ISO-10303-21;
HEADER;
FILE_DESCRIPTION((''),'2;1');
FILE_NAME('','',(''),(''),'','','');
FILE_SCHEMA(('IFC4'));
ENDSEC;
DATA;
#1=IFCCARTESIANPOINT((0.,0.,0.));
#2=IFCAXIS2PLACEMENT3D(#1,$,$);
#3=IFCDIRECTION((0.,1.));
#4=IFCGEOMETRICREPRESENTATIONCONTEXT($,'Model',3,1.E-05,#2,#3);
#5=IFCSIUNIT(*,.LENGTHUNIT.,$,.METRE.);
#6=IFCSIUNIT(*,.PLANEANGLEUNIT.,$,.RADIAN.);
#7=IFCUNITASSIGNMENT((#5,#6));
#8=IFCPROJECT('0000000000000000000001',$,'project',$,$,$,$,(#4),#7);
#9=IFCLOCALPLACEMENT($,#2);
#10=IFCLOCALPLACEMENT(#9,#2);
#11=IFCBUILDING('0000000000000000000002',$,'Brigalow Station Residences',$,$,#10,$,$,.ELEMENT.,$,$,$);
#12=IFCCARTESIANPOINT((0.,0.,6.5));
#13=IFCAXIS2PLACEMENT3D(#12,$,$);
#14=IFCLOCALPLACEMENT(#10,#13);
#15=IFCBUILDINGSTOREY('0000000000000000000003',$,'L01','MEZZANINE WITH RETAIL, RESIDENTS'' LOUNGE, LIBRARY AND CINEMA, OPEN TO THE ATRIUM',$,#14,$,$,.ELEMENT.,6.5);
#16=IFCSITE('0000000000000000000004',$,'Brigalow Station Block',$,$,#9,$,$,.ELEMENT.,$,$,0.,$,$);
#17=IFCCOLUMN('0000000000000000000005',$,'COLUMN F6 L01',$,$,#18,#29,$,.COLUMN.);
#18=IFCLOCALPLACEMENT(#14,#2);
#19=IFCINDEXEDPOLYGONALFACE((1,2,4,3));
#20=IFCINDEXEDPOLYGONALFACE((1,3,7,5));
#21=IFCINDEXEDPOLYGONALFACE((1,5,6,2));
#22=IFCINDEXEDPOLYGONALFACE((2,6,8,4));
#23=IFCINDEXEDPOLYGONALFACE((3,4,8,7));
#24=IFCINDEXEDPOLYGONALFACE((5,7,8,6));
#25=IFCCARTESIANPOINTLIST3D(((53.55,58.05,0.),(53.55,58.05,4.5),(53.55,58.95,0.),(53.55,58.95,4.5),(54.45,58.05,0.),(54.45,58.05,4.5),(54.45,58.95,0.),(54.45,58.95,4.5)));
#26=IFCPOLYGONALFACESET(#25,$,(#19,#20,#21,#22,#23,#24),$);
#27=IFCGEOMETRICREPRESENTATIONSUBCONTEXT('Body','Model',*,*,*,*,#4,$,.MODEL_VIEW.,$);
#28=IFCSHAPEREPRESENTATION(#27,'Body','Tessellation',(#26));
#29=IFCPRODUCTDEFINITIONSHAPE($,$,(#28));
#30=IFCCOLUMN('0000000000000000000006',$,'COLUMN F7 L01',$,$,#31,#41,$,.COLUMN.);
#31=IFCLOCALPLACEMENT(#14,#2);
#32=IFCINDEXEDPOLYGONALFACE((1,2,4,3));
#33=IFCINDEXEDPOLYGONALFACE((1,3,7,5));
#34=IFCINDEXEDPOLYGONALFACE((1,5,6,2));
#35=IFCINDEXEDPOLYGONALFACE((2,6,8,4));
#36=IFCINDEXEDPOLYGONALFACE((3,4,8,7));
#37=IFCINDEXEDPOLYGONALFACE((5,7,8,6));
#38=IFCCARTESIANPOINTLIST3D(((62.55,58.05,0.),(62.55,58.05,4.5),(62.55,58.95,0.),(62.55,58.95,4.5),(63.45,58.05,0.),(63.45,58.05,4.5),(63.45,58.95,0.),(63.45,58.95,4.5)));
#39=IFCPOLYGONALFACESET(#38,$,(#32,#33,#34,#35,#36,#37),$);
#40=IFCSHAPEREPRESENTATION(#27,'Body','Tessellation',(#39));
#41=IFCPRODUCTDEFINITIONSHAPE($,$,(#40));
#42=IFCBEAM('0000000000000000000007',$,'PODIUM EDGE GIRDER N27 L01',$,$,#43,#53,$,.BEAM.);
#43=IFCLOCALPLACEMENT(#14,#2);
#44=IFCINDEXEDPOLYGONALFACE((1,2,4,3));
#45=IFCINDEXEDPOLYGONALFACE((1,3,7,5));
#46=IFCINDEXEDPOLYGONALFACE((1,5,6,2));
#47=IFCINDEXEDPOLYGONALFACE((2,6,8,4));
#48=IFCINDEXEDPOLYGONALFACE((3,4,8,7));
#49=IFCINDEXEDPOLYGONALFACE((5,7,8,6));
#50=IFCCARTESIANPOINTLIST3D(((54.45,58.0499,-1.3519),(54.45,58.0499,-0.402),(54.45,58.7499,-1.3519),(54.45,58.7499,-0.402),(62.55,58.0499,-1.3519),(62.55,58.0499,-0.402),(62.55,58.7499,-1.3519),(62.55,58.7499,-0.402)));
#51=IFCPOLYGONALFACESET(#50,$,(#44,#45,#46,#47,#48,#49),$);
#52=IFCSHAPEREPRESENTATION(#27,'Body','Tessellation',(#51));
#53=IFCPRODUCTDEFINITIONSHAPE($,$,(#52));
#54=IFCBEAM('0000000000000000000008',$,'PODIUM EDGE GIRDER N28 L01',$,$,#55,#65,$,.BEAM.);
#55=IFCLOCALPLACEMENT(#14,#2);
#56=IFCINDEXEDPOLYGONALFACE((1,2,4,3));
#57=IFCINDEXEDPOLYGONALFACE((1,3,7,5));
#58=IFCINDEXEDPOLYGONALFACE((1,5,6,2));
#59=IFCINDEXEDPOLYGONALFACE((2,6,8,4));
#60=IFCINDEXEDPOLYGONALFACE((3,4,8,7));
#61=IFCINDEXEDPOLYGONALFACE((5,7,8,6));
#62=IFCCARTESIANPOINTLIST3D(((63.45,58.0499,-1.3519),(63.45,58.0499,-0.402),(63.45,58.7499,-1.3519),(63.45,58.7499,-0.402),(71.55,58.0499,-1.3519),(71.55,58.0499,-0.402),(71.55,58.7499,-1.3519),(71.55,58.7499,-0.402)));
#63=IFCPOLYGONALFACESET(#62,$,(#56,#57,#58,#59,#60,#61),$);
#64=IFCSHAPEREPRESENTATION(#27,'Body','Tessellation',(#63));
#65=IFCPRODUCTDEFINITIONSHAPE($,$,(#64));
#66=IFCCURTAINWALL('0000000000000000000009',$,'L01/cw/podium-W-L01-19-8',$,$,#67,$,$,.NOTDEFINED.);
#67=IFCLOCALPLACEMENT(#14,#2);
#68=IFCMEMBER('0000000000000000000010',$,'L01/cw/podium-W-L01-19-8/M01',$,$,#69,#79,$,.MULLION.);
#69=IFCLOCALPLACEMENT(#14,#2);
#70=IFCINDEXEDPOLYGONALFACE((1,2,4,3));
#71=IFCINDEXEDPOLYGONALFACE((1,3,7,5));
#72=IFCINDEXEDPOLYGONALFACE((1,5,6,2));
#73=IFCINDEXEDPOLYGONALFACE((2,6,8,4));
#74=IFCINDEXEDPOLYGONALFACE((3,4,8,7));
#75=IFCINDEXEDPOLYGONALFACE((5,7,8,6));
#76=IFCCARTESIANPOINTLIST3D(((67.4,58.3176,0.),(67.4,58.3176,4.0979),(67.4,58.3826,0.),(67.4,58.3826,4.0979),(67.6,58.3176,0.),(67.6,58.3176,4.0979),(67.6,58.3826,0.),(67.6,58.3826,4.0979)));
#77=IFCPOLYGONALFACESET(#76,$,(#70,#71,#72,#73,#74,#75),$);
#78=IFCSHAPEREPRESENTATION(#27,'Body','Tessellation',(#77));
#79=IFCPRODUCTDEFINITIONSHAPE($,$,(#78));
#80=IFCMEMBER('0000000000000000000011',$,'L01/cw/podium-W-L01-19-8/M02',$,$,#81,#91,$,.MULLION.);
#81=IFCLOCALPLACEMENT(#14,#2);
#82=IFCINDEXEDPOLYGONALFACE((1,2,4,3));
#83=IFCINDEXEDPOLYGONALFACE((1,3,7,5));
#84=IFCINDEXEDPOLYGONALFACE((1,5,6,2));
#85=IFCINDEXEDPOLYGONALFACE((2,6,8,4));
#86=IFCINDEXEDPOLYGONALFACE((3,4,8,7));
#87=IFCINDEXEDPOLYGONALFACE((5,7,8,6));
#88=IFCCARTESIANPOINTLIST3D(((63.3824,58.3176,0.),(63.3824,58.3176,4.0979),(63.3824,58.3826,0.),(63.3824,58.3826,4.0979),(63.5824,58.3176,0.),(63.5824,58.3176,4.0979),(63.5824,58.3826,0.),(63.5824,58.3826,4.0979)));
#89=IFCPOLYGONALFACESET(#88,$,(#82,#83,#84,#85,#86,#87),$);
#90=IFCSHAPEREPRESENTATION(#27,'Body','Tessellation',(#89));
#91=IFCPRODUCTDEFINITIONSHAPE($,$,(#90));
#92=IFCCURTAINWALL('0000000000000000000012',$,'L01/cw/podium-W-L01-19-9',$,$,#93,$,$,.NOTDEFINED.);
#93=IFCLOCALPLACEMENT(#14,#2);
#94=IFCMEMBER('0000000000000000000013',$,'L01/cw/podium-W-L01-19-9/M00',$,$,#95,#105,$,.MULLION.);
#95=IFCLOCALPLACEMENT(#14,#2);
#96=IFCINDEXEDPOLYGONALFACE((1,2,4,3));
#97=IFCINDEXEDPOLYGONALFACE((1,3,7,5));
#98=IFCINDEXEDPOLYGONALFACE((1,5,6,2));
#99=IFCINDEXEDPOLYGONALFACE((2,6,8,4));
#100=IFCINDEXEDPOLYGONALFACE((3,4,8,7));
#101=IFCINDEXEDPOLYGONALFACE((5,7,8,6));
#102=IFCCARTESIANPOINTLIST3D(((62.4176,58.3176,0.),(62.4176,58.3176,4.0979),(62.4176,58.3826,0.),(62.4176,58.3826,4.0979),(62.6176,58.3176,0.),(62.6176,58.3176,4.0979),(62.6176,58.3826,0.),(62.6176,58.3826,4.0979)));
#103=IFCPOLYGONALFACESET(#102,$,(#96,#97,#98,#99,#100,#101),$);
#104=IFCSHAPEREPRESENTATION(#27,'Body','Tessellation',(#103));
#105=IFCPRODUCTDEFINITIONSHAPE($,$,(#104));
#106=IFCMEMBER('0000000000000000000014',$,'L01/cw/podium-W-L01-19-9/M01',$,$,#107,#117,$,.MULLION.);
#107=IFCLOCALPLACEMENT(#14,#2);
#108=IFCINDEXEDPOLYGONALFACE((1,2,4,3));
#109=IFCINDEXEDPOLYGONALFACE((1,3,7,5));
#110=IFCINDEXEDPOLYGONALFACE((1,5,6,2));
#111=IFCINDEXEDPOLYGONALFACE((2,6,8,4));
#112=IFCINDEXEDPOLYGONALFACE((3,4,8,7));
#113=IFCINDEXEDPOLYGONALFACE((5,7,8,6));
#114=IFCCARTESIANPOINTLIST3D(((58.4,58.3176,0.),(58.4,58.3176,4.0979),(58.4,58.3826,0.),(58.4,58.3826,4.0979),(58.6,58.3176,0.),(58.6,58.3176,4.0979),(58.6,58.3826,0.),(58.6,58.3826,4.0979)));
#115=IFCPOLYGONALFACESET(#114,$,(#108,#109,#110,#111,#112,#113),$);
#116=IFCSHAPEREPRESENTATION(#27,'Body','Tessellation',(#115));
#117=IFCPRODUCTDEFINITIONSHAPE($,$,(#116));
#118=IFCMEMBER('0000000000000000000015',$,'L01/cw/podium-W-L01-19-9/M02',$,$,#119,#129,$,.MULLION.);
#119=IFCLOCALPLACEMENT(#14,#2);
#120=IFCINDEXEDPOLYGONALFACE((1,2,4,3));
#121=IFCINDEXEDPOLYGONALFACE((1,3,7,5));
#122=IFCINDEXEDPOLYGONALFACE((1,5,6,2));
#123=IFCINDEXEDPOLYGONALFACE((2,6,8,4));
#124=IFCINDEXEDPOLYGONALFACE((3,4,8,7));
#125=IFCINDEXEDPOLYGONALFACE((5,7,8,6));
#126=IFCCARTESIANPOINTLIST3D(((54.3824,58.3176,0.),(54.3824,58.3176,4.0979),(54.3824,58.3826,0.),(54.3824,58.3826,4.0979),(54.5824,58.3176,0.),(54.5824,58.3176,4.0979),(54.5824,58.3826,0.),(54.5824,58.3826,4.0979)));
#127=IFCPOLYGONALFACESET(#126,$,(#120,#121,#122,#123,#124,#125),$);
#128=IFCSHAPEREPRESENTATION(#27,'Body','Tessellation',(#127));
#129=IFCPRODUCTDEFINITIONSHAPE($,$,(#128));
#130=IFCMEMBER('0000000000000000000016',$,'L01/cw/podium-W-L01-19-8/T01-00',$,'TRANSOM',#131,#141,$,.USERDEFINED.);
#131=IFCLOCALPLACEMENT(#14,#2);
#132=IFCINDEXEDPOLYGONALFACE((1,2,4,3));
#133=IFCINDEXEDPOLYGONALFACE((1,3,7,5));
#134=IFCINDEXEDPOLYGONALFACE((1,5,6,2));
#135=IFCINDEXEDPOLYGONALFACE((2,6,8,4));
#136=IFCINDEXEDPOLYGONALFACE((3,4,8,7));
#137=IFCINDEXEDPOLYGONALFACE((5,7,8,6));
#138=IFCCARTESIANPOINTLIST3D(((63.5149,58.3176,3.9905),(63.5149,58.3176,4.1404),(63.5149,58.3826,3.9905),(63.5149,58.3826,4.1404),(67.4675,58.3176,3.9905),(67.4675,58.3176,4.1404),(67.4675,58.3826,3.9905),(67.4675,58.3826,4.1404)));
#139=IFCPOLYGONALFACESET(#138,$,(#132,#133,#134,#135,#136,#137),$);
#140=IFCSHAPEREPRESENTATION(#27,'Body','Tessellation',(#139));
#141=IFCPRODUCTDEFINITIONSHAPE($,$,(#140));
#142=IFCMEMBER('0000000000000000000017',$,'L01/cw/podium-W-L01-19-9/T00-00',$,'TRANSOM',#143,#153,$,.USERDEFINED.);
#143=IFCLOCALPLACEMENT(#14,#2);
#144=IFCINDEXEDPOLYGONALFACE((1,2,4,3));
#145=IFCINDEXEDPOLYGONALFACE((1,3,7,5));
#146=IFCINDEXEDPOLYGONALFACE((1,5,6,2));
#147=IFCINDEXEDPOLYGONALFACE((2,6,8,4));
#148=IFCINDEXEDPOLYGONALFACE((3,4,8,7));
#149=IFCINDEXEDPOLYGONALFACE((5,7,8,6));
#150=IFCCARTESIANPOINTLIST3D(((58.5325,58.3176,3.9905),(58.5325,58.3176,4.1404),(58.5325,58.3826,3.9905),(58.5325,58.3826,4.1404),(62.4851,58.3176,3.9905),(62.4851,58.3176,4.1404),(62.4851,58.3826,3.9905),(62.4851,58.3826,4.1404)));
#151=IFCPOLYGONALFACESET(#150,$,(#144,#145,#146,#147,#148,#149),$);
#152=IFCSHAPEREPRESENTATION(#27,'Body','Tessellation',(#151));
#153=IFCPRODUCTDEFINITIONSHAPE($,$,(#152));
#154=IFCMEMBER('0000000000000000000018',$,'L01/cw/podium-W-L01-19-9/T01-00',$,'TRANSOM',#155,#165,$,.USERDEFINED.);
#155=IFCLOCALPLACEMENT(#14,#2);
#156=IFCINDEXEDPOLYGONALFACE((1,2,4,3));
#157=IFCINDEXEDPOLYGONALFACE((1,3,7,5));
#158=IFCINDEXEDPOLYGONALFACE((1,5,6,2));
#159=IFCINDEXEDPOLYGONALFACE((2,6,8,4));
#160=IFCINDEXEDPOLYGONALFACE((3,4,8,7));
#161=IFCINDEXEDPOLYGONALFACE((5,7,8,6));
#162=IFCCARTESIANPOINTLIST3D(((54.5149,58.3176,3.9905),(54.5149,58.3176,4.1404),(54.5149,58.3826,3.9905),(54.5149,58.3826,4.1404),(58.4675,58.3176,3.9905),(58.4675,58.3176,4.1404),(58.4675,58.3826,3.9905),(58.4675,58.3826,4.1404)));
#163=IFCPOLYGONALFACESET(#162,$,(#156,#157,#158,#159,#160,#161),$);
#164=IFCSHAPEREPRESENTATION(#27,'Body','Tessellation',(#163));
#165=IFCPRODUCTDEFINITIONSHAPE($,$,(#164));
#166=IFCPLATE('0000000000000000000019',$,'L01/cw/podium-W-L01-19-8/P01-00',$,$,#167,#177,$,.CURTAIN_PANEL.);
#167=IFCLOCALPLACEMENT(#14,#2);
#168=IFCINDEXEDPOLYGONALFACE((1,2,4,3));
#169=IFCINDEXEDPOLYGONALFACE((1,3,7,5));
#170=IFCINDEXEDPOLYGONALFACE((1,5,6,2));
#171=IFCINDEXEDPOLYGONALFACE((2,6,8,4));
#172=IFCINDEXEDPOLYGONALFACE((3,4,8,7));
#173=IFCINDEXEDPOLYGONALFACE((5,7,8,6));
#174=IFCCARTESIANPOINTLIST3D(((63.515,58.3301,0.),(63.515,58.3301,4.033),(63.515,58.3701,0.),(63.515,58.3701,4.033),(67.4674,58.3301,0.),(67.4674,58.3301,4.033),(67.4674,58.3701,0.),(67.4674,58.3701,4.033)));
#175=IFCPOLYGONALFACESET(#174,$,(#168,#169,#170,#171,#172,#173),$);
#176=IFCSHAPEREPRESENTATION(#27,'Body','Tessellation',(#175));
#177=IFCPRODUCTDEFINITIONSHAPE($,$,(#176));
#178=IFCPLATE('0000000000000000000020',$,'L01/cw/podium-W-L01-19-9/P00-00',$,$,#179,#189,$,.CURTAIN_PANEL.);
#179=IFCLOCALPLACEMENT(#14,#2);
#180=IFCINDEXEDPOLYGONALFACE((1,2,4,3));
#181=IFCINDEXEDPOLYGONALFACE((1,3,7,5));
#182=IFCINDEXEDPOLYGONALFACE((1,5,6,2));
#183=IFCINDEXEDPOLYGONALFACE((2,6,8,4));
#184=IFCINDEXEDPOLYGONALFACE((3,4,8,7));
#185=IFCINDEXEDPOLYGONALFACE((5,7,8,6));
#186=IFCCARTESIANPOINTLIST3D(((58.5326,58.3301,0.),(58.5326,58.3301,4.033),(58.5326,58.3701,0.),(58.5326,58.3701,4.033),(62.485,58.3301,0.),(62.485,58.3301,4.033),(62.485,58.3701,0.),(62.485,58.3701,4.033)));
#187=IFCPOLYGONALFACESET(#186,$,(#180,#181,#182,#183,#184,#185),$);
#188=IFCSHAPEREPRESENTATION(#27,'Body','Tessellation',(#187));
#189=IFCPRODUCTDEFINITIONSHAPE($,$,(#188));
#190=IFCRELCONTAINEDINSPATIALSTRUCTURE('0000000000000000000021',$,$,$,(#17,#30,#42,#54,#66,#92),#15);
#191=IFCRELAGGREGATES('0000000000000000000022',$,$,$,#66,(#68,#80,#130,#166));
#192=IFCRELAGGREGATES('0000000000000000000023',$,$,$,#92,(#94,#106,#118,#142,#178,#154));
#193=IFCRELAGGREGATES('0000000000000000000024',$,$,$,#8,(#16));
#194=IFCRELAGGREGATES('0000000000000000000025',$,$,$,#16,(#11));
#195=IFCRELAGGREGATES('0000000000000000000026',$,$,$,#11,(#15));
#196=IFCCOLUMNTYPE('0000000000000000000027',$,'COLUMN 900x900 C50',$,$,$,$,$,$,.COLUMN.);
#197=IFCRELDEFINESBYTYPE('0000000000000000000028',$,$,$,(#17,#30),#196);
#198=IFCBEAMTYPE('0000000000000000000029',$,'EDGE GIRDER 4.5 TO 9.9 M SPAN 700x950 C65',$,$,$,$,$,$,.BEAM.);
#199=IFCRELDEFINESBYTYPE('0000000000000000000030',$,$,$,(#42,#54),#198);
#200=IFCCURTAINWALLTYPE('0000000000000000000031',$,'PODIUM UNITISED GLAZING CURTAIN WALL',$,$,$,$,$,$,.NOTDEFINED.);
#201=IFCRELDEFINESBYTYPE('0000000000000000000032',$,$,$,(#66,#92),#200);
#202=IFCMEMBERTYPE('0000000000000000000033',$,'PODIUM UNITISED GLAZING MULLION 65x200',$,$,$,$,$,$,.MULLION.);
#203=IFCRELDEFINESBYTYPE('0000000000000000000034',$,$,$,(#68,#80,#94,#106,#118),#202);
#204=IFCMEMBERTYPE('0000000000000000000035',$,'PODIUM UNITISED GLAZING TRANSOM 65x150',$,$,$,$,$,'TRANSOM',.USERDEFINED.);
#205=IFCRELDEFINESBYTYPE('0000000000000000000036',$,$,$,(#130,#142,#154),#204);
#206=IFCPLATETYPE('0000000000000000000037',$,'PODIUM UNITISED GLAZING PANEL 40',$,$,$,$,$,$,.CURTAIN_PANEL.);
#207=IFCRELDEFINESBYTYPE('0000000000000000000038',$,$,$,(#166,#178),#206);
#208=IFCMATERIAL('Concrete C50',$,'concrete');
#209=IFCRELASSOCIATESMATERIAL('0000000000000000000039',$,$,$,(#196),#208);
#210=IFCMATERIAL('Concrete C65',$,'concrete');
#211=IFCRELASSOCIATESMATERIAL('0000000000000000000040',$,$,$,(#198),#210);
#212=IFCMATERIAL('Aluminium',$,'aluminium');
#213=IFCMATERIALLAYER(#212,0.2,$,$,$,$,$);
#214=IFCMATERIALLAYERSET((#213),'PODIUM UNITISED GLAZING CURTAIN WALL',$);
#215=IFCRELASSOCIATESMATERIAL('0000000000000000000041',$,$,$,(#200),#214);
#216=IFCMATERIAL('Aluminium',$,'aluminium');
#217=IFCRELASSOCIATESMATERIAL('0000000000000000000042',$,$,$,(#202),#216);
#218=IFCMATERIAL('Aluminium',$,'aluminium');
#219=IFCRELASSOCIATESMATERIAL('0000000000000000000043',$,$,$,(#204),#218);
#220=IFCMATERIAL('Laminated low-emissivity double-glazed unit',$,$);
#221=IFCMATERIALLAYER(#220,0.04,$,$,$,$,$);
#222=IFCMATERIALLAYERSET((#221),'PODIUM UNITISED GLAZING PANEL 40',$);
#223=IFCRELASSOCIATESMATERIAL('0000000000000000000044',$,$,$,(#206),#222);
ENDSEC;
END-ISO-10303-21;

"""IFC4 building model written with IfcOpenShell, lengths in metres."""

from ifc_helpers import new_model, si_unit, direction, frame, origin, origin_2d, place, context, subcontext, project, spatial, rectangle, extrude, material, layer, layer_set, material_profile, profile_set, type_object, element, aggregate, save


model = new_model("IFC4")

# Units and contexts
model_context = context("Model", 3, precision=1e-05, world=origin(), true_north=direction((0.0, 1.0)))
body_context = subcontext(model_context, "Body", "Model", "MODEL_VIEW")
ifc_project = project(units=[si_unit("LENGTHUNIT", "METRE"), si_unit("PLANEANGLEUNIT", "RADIAN")], contexts=[model_context])

# Site, building, storey
site_placement = place(None, origin())
site = spatial("IfcSite", under=ifc_project, at=site_placement, Name="Brigalow Station Block", CompositionType="ELEMENT", RefElevation=0.0)
building_placement = place(site_placement, origin())
building = spatial("IfcBuilding", under=site, at=building_placement, Name="Brigalow Station Residences", CompositionType="ELEMENT")
storey_placement = place(building_placement, frame((0.0, 0.0, 6.5)))
storey = spatial("IfcBuildingStorey", under=building, at=storey_placement, Name="L01", Description="MEZZANINE WITH RETAIL, RESIDENTS' LOUNGE, LIBRARY AND CINEMA, OPEN TO THE ATRIUM", CompositionType="ELEMENT", Elevation=6.5)

# Columns
ifc_material_1 = material(Name="Concrete C50", Category="concrete")
ifc_material_profile_1 = material_profile(ifc_material_1, rectangle(XDim=0.8999, YDim=0.8999, at=origin_2d()), Name="RC900x900")
ifc_profile_set_1 = profile_set([ifc_material_profile_1], Name="Concrete C50")
column_type = type_object("IfcColumnType", Name="COLUMN 900x900 C50", PredefinedType="COLUMN", material=ifc_profile_set_1)
for number, where, z_axis, x_axis, name in (
    (1, (54.0, 58.5, 0.0), (0.0, 0.0, 1.0), (1.0, 0.0, 0.0), "COLUMN F6 L01"),
    (2, (63.0, 58.5, 0.0), (0.0, 0.0, 1.0), (1.0, 0.0, 0.0), "COLUMN F7 L01"),
):
    element("IfcColumn", number, at=place(storey_placement, frame(where, z_axis=z_axis, x_axis=x_axis)), inside=storey, type_object=column_type, Name=name, PredefinedType="COLUMN", context=body_context, shape_type="SweptSolid", body=[
        extrude(rectangle(XDim=0.8999, YDim=0.8999, at=origin_2d()), origin(), (0.0, 0.0, 1.0), 4.5),
    ])

# Beams
ifc_material_2 = material(Name="Concrete C65", Category="concrete")
ifc_material_profile_2 = material_profile(ifc_material_2, rectangle(XDim=0.7, YDim=0.95, at=origin_2d()), Name="RC700x950")
ifc_profile_set_2 = profile_set([ifc_material_profile_2], Name="Concrete C65")
beam_type = type_object("IfcBeamType", Name="EDGE GIRDER 4.5 TO 9.9 M SPAN 700x950 C65", PredefinedType="BEAM", material=ifc_profile_set_2)
for number, where, z_axis, x_axis, name in (
    (3, (54.45, 58.3999, -0.877), (1.0, 0.0, 0.0), (0.0, 1.0, 0.0), "PODIUM EDGE GIRDER N27 L01"),
    (4, (63.45, 58.3999, -0.877), (1.0, 0.0, 0.0), (0.0, 1.0, 0.0), "PODIUM EDGE GIRDER N28 L01"),
):
    element("IfcBeam", number, at=place(storey_placement, frame(where, z_axis=z_axis, x_axis=x_axis)), inside=storey, type_object=beam_type, Name=name, PredefinedType="BEAM", context=body_context, shape_type="SweptSolid", body=[
        extrude(rectangle(XDim=0.7, YDim=0.95, at=origin_2d()), origin(), (0.0, 0.0, 1.0), 8.1001),
    ])

# Curtain walls, members
ifc_material_3 = material(Name="Aluminium", Category="aluminium")
ifc_layer_1 = layer(ifc_material_3, 0.2)
ifc_layer_set_1 = layer_set([ifc_layer_1], Name="PODIUM UNITISED GLAZING CURTAIN WALL")
curtain_wall_type = type_object("IfcCurtainWallType", Name="PODIUM UNITISED GLAZING CURTAIN WALL", PredefinedType="NOTDEFINED", material=ifc_layer_set_1)
curtain_wall_1_placement = place(storey_placement, origin())
curtain_wall_1 = element("IfcCurtainWall", 5, at=curtain_wall_1_placement, inside=storey, type_object=curtain_wall_type, Name="L01/cw/podium-W-L01-19-8", PredefinedType="NOTDEFINED")
ifc_material_4 = material(Name="Aluminium", Category="aluminium")
ifc_material_profile_3 = material_profile(ifc_material_4, rectangle(XDim=0.0649, YDim=0.2, at=origin_2d()), Name="PODIUM UNITISED GLAZING MULLION 65x200")
ifc_profile_set_3 = profile_set([ifc_material_profile_3], Name="Aluminium")
member_type_1 = type_object("IfcMemberType", Name="PODIUM UNITISED GLAZING MULLION 65x200", PredefinedType="MULLION", material=ifc_profile_set_3)
member_1_placement = place(storey_placement, frame((67.5, 58.3501, 0.0), z_axis=(0.0, 0.0, 1.0), x_axis=(0.0, -1.0, 0.0)))
member_1 = element("IfcMember", 6, at=member_1_placement, type_object=member_type_1, Name="L01/cw/podium-W-L01-19-8/M01", PredefinedType="MULLION", context=body_context, shape_type="SweptSolid", body=[
    extrude(rectangle(XDim=0.0649, YDim=0.2, at=origin_2d()), origin(), (0.0, 0.0, 1.0), 4.0979),
])
member_2_placement = place(storey_placement, frame((63.4824, 58.3501, 0.0), z_axis=(0.0, 0.0, 1.0), x_axis=(0.0, -1.0, 0.0)))
member_2 = element("IfcMember", 7, at=member_2_placement, type_object=member_type_1, Name="L01/cw/podium-W-L01-19-8/M02", PredefinedType="MULLION", context=body_context, shape_type="SweptSolid", body=[
    extrude(rectangle(XDim=0.0649, YDim=0.2, at=origin_2d()), origin(), (0.0, 0.0, 1.0), 4.0979),
])
curtain_wall_2_placement = place(storey_placement, origin())
curtain_wall_2 = element("IfcCurtainWall", 8, at=curtain_wall_2_placement, inside=storey, type_object=curtain_wall_type, Name="L01/cw/podium-W-L01-19-9", PredefinedType="NOTDEFINED")
member_3_placement = place(storey_placement, frame((62.5176, 58.3501, 0.0), z_axis=(0.0, 0.0, 1.0), x_axis=(0.0, -1.0, 0.0)))
member_3 = element("IfcMember", 9, at=member_3_placement, type_object=member_type_1, Name="L01/cw/podium-W-L01-19-9/M00", PredefinedType="MULLION", context=body_context, shape_type="SweptSolid", body=[
    extrude(rectangle(XDim=0.0649, YDim=0.2, at=origin_2d()), origin(), (0.0, 0.0, 1.0), 4.0979),
])
member_4_placement = place(storey_placement, frame((58.5, 58.3501, 0.0), z_axis=(0.0, 0.0, 1.0), x_axis=(0.0, -1.0, 0.0)))
member_4 = element("IfcMember", 10, at=member_4_placement, type_object=member_type_1, Name="L01/cw/podium-W-L01-19-9/M01", PredefinedType="MULLION", context=body_context, shape_type="SweptSolid", body=[
    extrude(rectangle(XDim=0.0649, YDim=0.2, at=origin_2d()), origin(), (0.0, 0.0, 1.0), 4.0979),
])
member_5_placement = place(storey_placement, frame((54.4824, 58.3501, 0.0), z_axis=(0.0, 0.0, 1.0), x_axis=(0.0, -1.0, 0.0)))
member_5 = element("IfcMember", 11, at=member_5_placement, type_object=member_type_1, Name="L01/cw/podium-W-L01-19-9/M02", PredefinedType="MULLION", context=body_context, shape_type="SweptSolid", body=[
    extrude(rectangle(XDim=0.0649, YDim=0.2, at=origin_2d()), origin(), (0.0, 0.0, 1.0), 4.0979),
])

# Members
ifc_material_5 = material(Name="Aluminium", Category="aluminium")
ifc_material_profile_4 = material_profile(ifc_material_5, rectangle(XDim=0.0649, YDim=0.1499, at=origin_2d()), Name="PODIUM UNITISED GLAZING TRANSOM 65x150")
ifc_profile_set_4 = profile_set([ifc_material_profile_4], Name="Aluminium")
member_type_2 = type_object("IfcMemberType", Name="PODIUM UNITISED GLAZING TRANSOM 65x150", ElementType="TRANSOM", PredefinedType="USERDEFINED", material=ifc_profile_set_4)
member_6_placement = place(storey_placement, frame((67.4675, 58.3501, 4.0654), z_axis=(-1.0, 0.0, 0.0), x_axis=(0.0, -1.0, 0.0)))
member_6 = element("IfcMember", 12, at=member_6_placement, type_object=member_type_2, Name="L01/cw/podium-W-L01-19-8/T01-00", ObjectType="TRANSOM", PredefinedType="USERDEFINED", context=body_context, shape_type="SweptSolid", body=[
    extrude(rectangle(XDim=0.0649, YDim=0.1499, at=origin_2d()), origin(), (0.0, 0.0, 1.0), 3.9526),
])
member_7_placement = place(storey_placement, frame((62.4851, 58.3501, 4.0654), z_axis=(-1.0, 0.0, 0.0), x_axis=(0.0, -1.0, 0.0)))
member_7 = element("IfcMember", 13, at=member_7_placement, type_object=member_type_2, Name="L01/cw/podium-W-L01-19-9/T00-00", ObjectType="TRANSOM", PredefinedType="USERDEFINED", context=body_context, shape_type="SweptSolid", body=[
    extrude(rectangle(XDim=0.0649, YDim=0.1499, at=origin_2d()), origin(), (0.0, 0.0, 1.0), 3.9526),
])
member_8_placement = place(storey_placement, frame((58.4675, 58.3501, 4.0654), z_axis=(-1.0, 0.0, 0.0), x_axis=(0.0, -1.0, 0.0)))
member_8 = element("IfcMember", 14, at=member_8_placement, type_object=member_type_2, Name="L01/cw/podium-W-L01-19-9/T01-00", ObjectType="TRANSOM", PredefinedType="USERDEFINED", context=body_context, shape_type="SweptSolid", body=[
    extrude(rectangle(XDim=0.0649, YDim=0.1499, at=origin_2d()), origin(), (0.0, 0.0, 1.0), 3.9526),
])

# Plates
ifc_material_6 = material(Name="Laminated low-emissivity double-glazed unit")
ifc_layer_2 = layer(ifc_material_6, 0.04)
ifc_layer_set_2 = layer_set([ifc_layer_2], Name="PODIUM UNITISED GLAZING PANEL 40")
plate_type = type_object("IfcPlateType", Name="PODIUM UNITISED GLAZING PANEL 40", PredefinedType="CURTAIN_PANEL", material=ifc_layer_set_2)
plate_1_placement = place(storey_placement, frame((65.4912, 58.3501, 0.0), z_axis=(0.0, 0.0, 1.0), x_axis=(-1.0, 0.0, 0.0)))
plate_1 = element("IfcPlate", 15, at=plate_1_placement, type_object=plate_type, Name="L01/cw/podium-W-L01-19-8/P01-00", PredefinedType="CURTAIN_PANEL", context=body_context, shape_type="SweptSolid", body=[
    extrude(rectangle(XDim=3.9524, YDim=0.04, at=origin_2d()), origin(), (0.0, 0.0, 1.0), 4.033),
])
aggregate(curtain_wall_1, [member_1, member_2, member_6, plate_1])
plate_2_placement = place(storey_placement, frame((60.5088, 58.3501, 0.0), z_axis=(0.0, 0.0, 1.0), x_axis=(-1.0, 0.0, 0.0)))
plate_2 = element("IfcPlate", 16, at=plate_2_placement, type_object=plate_type, Name="L01/cw/podium-W-L01-19-9/P00-00", PredefinedType="CURTAIN_PANEL", context=body_context, shape_type="SweptSolid", body=[
    extrude(rectangle(XDim=3.9524, YDim=0.04, at=origin_2d()), origin(), (0.0, 0.0, 1.0), 4.033),
])
aggregate(curtain_wall_2, [member_3, member_4, member_5, member_7, plate_2, member_8])

save(model, "model.ifc")
